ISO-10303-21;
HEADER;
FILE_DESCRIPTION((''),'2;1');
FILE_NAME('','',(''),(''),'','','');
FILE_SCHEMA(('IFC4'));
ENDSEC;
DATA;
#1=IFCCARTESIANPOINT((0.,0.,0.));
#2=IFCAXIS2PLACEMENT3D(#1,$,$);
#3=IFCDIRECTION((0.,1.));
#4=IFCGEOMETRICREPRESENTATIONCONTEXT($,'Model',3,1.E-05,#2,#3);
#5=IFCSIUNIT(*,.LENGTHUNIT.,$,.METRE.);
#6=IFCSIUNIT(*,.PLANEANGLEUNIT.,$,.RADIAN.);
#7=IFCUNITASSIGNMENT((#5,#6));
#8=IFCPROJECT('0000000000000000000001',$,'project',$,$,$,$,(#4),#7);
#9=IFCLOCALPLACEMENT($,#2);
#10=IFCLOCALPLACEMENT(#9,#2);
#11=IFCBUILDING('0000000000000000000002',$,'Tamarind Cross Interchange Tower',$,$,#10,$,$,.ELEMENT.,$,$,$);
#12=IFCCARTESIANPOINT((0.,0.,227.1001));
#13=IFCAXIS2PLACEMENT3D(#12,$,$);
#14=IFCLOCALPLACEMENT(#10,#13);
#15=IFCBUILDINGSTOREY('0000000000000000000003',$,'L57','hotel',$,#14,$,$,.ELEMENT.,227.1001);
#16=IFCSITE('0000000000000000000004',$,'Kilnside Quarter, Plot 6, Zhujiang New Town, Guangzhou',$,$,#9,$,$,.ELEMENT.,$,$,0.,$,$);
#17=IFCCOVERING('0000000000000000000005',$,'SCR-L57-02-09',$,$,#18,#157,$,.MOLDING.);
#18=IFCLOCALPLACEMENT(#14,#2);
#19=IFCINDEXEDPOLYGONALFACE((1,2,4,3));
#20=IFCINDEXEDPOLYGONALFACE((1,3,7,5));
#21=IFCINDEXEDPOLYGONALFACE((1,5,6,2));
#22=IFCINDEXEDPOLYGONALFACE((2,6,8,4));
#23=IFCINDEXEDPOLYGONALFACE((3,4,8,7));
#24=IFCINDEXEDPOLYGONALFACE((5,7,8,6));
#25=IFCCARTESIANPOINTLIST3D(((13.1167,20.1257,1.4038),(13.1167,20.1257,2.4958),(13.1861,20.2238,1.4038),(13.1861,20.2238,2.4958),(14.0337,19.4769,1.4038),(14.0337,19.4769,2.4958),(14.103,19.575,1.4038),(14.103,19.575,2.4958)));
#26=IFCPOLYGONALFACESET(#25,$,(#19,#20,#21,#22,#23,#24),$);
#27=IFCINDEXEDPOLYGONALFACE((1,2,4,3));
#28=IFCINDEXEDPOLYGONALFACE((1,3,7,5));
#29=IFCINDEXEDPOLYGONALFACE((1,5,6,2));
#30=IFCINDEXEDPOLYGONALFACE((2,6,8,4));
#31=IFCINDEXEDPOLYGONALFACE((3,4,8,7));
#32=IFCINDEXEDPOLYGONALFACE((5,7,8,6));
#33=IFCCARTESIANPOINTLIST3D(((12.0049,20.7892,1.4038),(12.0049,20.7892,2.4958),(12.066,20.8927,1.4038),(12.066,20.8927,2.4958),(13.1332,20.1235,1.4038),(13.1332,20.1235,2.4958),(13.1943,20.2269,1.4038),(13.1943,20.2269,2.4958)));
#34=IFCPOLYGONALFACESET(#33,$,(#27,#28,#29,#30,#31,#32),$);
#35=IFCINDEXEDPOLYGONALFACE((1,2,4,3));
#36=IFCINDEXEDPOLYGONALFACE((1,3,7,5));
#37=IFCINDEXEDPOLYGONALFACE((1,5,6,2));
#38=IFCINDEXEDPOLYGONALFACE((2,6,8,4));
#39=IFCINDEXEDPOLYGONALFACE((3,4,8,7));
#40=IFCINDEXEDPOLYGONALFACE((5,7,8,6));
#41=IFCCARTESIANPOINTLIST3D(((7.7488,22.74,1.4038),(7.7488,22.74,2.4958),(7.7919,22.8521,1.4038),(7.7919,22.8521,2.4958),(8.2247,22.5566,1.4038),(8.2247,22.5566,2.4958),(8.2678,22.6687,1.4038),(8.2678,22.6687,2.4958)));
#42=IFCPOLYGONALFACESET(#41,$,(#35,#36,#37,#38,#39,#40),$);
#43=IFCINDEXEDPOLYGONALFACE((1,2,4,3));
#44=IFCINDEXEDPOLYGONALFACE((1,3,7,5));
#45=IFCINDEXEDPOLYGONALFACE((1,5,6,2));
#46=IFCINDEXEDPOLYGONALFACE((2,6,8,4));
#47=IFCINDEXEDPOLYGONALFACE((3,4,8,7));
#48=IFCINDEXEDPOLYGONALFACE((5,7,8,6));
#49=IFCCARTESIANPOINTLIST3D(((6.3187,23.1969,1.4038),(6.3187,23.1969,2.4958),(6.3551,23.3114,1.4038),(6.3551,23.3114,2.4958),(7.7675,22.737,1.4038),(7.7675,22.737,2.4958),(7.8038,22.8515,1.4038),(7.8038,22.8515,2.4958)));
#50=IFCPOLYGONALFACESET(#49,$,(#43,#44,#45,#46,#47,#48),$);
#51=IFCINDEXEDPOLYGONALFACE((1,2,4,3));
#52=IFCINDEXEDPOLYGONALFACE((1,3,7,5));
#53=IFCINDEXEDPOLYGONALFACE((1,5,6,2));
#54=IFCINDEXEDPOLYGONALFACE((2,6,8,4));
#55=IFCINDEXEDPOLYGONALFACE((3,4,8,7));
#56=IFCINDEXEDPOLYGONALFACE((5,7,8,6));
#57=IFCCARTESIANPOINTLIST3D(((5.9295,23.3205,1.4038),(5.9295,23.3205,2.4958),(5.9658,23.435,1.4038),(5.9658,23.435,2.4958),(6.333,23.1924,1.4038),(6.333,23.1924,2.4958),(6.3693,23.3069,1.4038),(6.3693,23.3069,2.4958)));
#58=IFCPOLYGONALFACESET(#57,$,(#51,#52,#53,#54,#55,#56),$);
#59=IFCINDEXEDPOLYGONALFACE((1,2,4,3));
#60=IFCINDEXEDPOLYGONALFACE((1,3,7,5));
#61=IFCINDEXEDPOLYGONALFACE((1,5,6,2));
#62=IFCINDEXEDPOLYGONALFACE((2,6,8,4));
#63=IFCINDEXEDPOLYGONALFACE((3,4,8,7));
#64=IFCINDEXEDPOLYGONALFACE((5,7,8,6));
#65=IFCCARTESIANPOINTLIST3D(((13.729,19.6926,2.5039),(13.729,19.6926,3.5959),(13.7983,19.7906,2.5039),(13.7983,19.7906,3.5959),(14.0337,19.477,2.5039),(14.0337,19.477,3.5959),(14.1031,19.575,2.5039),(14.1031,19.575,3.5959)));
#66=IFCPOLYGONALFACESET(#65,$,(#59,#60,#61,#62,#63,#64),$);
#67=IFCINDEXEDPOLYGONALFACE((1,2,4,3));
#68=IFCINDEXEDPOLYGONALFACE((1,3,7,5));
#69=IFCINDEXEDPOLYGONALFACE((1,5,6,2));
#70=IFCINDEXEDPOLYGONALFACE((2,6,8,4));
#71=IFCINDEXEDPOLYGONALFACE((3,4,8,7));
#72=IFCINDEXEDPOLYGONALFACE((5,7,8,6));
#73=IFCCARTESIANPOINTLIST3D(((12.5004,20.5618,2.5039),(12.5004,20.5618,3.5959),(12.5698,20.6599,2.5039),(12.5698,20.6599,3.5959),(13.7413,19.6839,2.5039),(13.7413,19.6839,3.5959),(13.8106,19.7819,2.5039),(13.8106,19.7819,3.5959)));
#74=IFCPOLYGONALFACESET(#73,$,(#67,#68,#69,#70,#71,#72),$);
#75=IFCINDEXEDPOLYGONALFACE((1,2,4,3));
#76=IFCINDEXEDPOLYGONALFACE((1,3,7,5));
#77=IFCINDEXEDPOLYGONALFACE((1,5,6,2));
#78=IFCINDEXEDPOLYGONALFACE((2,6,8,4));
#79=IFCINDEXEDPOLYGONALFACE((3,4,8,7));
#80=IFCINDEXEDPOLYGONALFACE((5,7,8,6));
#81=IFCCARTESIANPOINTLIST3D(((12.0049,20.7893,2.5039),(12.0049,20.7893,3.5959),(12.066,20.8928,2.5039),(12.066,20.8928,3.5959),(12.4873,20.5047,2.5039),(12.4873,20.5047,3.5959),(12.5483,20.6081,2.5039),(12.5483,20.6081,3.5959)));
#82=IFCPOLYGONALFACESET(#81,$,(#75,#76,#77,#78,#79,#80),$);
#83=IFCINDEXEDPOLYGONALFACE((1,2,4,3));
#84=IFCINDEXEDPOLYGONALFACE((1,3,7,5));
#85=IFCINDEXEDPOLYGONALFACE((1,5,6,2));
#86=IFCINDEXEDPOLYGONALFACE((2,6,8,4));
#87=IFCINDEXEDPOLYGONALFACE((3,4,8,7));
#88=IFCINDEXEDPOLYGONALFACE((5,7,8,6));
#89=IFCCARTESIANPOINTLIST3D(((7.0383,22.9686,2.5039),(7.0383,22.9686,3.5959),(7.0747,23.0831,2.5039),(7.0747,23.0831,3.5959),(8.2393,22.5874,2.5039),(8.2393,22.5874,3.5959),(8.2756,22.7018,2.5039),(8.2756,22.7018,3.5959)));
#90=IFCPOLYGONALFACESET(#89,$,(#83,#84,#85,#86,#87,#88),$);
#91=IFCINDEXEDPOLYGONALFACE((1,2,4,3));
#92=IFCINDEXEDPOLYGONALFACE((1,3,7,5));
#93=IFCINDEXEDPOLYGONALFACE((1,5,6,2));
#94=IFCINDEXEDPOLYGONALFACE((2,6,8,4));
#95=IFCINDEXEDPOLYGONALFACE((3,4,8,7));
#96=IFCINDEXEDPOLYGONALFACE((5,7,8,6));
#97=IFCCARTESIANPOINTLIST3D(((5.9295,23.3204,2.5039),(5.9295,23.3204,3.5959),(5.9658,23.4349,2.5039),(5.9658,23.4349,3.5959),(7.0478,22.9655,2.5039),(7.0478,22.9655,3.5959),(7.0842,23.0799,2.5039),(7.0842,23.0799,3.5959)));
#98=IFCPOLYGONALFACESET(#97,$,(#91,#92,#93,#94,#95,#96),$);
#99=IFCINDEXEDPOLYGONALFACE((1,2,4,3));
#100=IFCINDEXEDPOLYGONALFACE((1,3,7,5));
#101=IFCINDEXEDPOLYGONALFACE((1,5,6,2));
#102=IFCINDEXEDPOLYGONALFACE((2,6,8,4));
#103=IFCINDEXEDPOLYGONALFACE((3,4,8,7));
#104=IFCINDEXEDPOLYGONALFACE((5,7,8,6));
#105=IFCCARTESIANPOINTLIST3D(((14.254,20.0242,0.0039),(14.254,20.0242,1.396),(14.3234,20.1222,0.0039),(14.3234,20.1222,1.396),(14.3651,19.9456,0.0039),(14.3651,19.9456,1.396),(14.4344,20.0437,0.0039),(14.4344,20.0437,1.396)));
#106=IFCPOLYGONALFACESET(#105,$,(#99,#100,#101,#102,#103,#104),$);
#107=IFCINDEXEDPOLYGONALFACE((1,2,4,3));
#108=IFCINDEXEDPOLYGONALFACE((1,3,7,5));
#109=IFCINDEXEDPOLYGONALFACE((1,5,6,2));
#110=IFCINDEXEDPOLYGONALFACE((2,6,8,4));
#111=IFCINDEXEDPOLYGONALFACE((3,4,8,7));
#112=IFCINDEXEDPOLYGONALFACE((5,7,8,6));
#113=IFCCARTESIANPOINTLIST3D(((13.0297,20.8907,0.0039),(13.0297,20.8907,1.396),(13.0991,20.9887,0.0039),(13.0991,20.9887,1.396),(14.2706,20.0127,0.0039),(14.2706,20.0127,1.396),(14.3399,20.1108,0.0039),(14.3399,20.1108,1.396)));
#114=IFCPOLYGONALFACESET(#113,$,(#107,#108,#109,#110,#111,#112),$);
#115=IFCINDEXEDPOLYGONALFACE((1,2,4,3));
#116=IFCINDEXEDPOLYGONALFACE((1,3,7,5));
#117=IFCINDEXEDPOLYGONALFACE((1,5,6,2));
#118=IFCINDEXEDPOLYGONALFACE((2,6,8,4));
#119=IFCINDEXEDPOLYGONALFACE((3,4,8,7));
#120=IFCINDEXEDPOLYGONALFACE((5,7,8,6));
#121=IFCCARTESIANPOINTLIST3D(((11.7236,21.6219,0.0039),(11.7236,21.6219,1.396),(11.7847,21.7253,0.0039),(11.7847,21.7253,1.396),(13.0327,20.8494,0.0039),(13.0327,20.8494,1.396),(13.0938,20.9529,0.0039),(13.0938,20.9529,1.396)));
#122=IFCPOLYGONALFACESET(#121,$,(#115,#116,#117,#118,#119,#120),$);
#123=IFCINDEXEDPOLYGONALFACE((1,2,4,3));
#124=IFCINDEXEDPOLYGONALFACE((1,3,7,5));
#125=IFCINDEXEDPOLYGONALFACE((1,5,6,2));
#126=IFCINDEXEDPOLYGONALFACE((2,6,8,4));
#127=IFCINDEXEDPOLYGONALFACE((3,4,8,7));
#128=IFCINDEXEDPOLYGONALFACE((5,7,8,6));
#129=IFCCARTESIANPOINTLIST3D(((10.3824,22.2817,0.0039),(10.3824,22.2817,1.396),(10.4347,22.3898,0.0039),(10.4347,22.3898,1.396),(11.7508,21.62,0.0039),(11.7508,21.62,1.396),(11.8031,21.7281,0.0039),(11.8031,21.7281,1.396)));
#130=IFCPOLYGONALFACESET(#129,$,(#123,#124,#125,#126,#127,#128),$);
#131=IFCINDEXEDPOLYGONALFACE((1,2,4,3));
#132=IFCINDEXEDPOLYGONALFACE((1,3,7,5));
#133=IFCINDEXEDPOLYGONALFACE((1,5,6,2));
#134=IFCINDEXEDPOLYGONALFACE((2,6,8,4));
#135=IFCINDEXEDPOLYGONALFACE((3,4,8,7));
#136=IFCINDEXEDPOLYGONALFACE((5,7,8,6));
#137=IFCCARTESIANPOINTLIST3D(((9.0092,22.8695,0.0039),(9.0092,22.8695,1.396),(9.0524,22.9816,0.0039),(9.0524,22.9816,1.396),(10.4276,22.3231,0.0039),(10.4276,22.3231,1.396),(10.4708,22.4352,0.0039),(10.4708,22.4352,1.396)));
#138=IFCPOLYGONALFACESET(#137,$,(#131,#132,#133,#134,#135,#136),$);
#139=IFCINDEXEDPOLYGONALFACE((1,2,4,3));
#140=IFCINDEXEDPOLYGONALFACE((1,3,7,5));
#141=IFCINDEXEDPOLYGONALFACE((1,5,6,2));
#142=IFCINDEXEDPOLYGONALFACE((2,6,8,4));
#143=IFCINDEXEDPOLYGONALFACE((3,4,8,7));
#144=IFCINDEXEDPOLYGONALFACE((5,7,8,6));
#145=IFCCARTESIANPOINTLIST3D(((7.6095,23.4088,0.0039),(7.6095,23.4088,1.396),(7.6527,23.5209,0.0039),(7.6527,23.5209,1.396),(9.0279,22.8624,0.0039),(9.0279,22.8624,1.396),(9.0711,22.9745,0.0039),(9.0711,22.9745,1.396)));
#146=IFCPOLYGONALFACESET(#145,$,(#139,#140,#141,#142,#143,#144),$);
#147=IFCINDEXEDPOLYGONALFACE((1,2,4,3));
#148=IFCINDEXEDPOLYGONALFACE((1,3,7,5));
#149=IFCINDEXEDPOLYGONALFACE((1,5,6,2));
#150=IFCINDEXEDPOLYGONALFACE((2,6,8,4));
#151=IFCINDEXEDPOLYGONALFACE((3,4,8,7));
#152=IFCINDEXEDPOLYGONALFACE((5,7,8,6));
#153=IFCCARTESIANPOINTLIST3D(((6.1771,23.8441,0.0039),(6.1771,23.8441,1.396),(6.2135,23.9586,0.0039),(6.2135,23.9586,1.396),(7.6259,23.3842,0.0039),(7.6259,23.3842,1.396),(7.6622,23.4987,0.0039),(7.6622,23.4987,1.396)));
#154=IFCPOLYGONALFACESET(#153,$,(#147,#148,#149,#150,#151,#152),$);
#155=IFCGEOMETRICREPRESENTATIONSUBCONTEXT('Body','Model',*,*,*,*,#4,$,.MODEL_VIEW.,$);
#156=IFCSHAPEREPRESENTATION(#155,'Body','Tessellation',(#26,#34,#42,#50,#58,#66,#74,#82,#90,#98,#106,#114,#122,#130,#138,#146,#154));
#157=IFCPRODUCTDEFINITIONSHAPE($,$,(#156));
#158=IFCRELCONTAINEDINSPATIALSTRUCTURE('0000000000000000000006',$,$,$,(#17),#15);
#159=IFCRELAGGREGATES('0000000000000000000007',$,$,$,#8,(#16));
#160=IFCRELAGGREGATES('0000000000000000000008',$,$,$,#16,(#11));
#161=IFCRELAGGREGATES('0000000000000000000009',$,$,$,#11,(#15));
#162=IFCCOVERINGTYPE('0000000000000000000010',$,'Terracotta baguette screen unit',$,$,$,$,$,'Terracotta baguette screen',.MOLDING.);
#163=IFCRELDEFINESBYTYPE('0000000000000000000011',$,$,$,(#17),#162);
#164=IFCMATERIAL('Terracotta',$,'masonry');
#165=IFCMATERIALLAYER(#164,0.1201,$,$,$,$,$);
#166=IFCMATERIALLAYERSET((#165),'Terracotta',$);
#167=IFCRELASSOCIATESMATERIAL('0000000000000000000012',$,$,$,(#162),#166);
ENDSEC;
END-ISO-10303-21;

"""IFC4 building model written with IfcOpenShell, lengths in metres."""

from ifc_helpers import new_model, si_unit, direction, frame, origin, origin_2d, place, context, subcontext, project, spatial, rectangle, extrude, material, layer, layer_set, type_object, element, save


model = new_model("IFC4")

# Units and contexts
model_context = context("Model", 3, precision=1e-05, world=origin(), true_north=direction((0.0, 1.0)))
body_context = subcontext(model_context, "Body", "Model", "MODEL_VIEW")
ifc_project = project(units=[si_unit("LENGTHUNIT", "METRE"), si_unit("PLANEANGLEUNIT", "RADIAN")], contexts=[model_context])

# Site, building, storey
site_placement = place(None, origin())
site = spatial("IfcSite", under=ifc_project, at=site_placement, Name="Kilnside Quarter, Plot 6, Zhujiang New Town, Guangzhou", CompositionType="ELEMENT", RefElevation=0.0)
building_placement = place(site_placement, origin())
building = spatial("IfcBuilding", under=site, at=building_placement, Name="Tamarind Cross Interchange Tower", CompositionType="ELEMENT")
storey_placement = place(building_placement, frame((0.0, 0.0, 227.1001)))
storey = spatial("IfcBuildingStorey", under=building, at=storey_placement, Name="L57", Description="hotel", CompositionType="ELEMENT", Elevation=227.1001)

# Covering
ifc_material_1 = material(Name="Terracotta", Category="masonry")
ifc_layer_1 = layer(ifc_material_1, 0.1201)
ifc_layer_set_1 = layer_set([ifc_layer_1], Name="Terracotta")
covering_type = type_object("IfcCoveringType", Name="Terracotta baguette screen unit", ElementType="Terracotta baguette screen", PredefinedType="MOLDING", material=ifc_layer_set_1)
covering_1_placement = place(storey_placement, origin())
element("IfcCovering", 1, at=covering_1_placement, inside=storey, type_object=covering_type, Name="SCR-L57-02-09", PredefinedType="MOLDING", context=body_context, shape_type="SweptSolid", body=[
    extrude(rectangle(XDim=1.1233, YDim=0.1201, at=origin_2d()), frame((13.6099, 19.8503, 1.4038), z_axis=(0.0, 0.0, 1.0), x_axis=(-0.816342, 0.577569, 0.0)), (0.0, 0.0, 1.0), 1.092),
    extrude(rectangle(XDim=1.3101, YDim=0.1201, at=origin_2d()), frame((12.5996, 20.5081, 1.4038), z_axis=(0.0, 0.0, 1.0), x_axis=(-0.861249, 0.508183, 0.0)), (0.0, 0.0, 1.0), 1.092),
    extrude(rectangle(XDim=0.51, YDim=0.1201, at=origin_2d()), frame((8.0083, 22.7043, 1.4038), z_axis=(0.0, 0.0, 1.0), x_axis=(-0.933153, 0.359478, 0.0)), (0.0, 0.0, 1.0), 1.092),
    extrude(rectangle(XDim=1.52, YDim=0.1201, at=origin_2d()), frame((7.0613, 23.0242, 1.4038), z_axis=(0.0, 0.0, 1.0), x_axis=(-0.953133, 0.302552, 0.0)), (0.0, 0.0, 1.0), 1.092),
    extrude(rectangle(XDim=0.4233, YDim=0.1201, at=origin_2d()), frame((6.1494, 23.3137, 1.4038), z_axis=(0.0, 0.0, 1.0), x_axis=(-0.953133, 0.302552, 0.0)), (0.0, 0.0, 1.0), 1.092),
    extrude(rectangle(XDim=0.3733, YDim=0.1201, at=origin_2d()), frame((13.916, 19.6338, 2.5039), z_axis=(0.0, 0.0, 1.0), x_axis=(-0.816342, 0.577569, 0.0)), (0.0, 0.0, 1.0), 1.092),
    extrude(rectangle(XDim=1.52, YDim=0.1201, at=origin_2d()), frame((13.1555, 20.1719, 2.5039), z_axis=(0.0, 0.0, 1.0), x_axis=(-0.816342, 0.577569, 0.0)), (0.0, 0.0, 1.0), 1.092),
    extrude(rectangle(XDim=0.5601, YDim=0.1201, at=origin_2d()), frame((12.2766, 20.6987, 2.5039), z_axis=(0.0, 0.0, 1.0), x_axis=(-0.861249, 0.508183, 0.0)), (0.0, 0.0, 1.0), 1.092),
    extrude(rectangle(XDim=1.26, YDim=0.1201, at=origin_2d()), frame((7.657, 22.8352, 2.5039), z_axis=(0.0, 0.0, 1.0), x_axis=(-0.953133, 0.302552, 0.0)), (0.0, 0.0, 1.0), 1.092),
    extrude(rectangle(XDim=1.1733, YDim=0.1201, at=origin_2d()), frame((6.5068, 23.2002, 2.5039), z_axis=(0.0, 0.0, 1.0), x_axis=(-0.953133, 0.302552, 0.0)), (0.0, 0.0, 1.0), 1.092),
    extrude(rectangle(XDim=0.136, YDim=0.1201, at=origin_2d()), frame((14.3442, 20.0339, 0.0039), z_axis=(0.0, 0.0, 1.0), x_axis=(-0.816342, 0.577569, 0.0)), (0.0, 0.0, 1.0), 1.3921),
    extrude(rectangle(XDim=1.52, YDim=0.1201, at=origin_2d()), frame((13.6848, 20.5007, 0.0039), z_axis=(0.0, 0.0, 1.0), x_axis=(-0.816342, 0.577569, 0.0)), (0.0, 0.0, 1.0), 1.3921),
    extrude(rectangle(XDim=1.52, YDim=0.1201, at=origin_2d()), frame((12.4087, 21.2874, 0.0039), z_axis=(0.0, 0.0, 1.0), x_axis=(-0.861249, 0.508183, 0.0)), (0.0, 0.0, 1.0), 1.3921),
    extrude(rectangle(XDim=1.52, YDim=0.1201, at=origin_2d()), frame((11.0928, 22.0049, 0.0039), z_axis=(0.0, 0.0, 1.0), x_axis=(-0.900273, 0.435326, 0.0)), (0.0, 0.0, 1.0), 1.3921),
    extrude(rectangle(XDim=1.52, YDim=0.1201, at=origin_2d()), frame((9.74, 22.6523, 0.0039), z_axis=(0.0, 0.0, 1.0), x_axis=(-0.933153, 0.359478, 0.0)), (0.0, 0.0, 1.0), 1.3921),
    extrude(rectangle(XDim=1.52, YDim=0.1201, at=origin_2d()), frame((8.3403, 23.1917, 0.0039), z_axis=(0.0, 0.0, 1.0), x_axis=(-0.933153, 0.359478, 0.0)), (0.0, 0.0, 1.0), 1.3921),
    extrude(rectangle(XDim=1.52, YDim=0.1201, at=origin_2d()), frame((6.9197, 23.6714, 0.0039), z_axis=(0.0, 0.0, 1.0), x_axis=(-0.953133, 0.302552, 0.0)), (0.0, 0.0, 1.0), 1.3921),
])

save(model, "model.ifc")
